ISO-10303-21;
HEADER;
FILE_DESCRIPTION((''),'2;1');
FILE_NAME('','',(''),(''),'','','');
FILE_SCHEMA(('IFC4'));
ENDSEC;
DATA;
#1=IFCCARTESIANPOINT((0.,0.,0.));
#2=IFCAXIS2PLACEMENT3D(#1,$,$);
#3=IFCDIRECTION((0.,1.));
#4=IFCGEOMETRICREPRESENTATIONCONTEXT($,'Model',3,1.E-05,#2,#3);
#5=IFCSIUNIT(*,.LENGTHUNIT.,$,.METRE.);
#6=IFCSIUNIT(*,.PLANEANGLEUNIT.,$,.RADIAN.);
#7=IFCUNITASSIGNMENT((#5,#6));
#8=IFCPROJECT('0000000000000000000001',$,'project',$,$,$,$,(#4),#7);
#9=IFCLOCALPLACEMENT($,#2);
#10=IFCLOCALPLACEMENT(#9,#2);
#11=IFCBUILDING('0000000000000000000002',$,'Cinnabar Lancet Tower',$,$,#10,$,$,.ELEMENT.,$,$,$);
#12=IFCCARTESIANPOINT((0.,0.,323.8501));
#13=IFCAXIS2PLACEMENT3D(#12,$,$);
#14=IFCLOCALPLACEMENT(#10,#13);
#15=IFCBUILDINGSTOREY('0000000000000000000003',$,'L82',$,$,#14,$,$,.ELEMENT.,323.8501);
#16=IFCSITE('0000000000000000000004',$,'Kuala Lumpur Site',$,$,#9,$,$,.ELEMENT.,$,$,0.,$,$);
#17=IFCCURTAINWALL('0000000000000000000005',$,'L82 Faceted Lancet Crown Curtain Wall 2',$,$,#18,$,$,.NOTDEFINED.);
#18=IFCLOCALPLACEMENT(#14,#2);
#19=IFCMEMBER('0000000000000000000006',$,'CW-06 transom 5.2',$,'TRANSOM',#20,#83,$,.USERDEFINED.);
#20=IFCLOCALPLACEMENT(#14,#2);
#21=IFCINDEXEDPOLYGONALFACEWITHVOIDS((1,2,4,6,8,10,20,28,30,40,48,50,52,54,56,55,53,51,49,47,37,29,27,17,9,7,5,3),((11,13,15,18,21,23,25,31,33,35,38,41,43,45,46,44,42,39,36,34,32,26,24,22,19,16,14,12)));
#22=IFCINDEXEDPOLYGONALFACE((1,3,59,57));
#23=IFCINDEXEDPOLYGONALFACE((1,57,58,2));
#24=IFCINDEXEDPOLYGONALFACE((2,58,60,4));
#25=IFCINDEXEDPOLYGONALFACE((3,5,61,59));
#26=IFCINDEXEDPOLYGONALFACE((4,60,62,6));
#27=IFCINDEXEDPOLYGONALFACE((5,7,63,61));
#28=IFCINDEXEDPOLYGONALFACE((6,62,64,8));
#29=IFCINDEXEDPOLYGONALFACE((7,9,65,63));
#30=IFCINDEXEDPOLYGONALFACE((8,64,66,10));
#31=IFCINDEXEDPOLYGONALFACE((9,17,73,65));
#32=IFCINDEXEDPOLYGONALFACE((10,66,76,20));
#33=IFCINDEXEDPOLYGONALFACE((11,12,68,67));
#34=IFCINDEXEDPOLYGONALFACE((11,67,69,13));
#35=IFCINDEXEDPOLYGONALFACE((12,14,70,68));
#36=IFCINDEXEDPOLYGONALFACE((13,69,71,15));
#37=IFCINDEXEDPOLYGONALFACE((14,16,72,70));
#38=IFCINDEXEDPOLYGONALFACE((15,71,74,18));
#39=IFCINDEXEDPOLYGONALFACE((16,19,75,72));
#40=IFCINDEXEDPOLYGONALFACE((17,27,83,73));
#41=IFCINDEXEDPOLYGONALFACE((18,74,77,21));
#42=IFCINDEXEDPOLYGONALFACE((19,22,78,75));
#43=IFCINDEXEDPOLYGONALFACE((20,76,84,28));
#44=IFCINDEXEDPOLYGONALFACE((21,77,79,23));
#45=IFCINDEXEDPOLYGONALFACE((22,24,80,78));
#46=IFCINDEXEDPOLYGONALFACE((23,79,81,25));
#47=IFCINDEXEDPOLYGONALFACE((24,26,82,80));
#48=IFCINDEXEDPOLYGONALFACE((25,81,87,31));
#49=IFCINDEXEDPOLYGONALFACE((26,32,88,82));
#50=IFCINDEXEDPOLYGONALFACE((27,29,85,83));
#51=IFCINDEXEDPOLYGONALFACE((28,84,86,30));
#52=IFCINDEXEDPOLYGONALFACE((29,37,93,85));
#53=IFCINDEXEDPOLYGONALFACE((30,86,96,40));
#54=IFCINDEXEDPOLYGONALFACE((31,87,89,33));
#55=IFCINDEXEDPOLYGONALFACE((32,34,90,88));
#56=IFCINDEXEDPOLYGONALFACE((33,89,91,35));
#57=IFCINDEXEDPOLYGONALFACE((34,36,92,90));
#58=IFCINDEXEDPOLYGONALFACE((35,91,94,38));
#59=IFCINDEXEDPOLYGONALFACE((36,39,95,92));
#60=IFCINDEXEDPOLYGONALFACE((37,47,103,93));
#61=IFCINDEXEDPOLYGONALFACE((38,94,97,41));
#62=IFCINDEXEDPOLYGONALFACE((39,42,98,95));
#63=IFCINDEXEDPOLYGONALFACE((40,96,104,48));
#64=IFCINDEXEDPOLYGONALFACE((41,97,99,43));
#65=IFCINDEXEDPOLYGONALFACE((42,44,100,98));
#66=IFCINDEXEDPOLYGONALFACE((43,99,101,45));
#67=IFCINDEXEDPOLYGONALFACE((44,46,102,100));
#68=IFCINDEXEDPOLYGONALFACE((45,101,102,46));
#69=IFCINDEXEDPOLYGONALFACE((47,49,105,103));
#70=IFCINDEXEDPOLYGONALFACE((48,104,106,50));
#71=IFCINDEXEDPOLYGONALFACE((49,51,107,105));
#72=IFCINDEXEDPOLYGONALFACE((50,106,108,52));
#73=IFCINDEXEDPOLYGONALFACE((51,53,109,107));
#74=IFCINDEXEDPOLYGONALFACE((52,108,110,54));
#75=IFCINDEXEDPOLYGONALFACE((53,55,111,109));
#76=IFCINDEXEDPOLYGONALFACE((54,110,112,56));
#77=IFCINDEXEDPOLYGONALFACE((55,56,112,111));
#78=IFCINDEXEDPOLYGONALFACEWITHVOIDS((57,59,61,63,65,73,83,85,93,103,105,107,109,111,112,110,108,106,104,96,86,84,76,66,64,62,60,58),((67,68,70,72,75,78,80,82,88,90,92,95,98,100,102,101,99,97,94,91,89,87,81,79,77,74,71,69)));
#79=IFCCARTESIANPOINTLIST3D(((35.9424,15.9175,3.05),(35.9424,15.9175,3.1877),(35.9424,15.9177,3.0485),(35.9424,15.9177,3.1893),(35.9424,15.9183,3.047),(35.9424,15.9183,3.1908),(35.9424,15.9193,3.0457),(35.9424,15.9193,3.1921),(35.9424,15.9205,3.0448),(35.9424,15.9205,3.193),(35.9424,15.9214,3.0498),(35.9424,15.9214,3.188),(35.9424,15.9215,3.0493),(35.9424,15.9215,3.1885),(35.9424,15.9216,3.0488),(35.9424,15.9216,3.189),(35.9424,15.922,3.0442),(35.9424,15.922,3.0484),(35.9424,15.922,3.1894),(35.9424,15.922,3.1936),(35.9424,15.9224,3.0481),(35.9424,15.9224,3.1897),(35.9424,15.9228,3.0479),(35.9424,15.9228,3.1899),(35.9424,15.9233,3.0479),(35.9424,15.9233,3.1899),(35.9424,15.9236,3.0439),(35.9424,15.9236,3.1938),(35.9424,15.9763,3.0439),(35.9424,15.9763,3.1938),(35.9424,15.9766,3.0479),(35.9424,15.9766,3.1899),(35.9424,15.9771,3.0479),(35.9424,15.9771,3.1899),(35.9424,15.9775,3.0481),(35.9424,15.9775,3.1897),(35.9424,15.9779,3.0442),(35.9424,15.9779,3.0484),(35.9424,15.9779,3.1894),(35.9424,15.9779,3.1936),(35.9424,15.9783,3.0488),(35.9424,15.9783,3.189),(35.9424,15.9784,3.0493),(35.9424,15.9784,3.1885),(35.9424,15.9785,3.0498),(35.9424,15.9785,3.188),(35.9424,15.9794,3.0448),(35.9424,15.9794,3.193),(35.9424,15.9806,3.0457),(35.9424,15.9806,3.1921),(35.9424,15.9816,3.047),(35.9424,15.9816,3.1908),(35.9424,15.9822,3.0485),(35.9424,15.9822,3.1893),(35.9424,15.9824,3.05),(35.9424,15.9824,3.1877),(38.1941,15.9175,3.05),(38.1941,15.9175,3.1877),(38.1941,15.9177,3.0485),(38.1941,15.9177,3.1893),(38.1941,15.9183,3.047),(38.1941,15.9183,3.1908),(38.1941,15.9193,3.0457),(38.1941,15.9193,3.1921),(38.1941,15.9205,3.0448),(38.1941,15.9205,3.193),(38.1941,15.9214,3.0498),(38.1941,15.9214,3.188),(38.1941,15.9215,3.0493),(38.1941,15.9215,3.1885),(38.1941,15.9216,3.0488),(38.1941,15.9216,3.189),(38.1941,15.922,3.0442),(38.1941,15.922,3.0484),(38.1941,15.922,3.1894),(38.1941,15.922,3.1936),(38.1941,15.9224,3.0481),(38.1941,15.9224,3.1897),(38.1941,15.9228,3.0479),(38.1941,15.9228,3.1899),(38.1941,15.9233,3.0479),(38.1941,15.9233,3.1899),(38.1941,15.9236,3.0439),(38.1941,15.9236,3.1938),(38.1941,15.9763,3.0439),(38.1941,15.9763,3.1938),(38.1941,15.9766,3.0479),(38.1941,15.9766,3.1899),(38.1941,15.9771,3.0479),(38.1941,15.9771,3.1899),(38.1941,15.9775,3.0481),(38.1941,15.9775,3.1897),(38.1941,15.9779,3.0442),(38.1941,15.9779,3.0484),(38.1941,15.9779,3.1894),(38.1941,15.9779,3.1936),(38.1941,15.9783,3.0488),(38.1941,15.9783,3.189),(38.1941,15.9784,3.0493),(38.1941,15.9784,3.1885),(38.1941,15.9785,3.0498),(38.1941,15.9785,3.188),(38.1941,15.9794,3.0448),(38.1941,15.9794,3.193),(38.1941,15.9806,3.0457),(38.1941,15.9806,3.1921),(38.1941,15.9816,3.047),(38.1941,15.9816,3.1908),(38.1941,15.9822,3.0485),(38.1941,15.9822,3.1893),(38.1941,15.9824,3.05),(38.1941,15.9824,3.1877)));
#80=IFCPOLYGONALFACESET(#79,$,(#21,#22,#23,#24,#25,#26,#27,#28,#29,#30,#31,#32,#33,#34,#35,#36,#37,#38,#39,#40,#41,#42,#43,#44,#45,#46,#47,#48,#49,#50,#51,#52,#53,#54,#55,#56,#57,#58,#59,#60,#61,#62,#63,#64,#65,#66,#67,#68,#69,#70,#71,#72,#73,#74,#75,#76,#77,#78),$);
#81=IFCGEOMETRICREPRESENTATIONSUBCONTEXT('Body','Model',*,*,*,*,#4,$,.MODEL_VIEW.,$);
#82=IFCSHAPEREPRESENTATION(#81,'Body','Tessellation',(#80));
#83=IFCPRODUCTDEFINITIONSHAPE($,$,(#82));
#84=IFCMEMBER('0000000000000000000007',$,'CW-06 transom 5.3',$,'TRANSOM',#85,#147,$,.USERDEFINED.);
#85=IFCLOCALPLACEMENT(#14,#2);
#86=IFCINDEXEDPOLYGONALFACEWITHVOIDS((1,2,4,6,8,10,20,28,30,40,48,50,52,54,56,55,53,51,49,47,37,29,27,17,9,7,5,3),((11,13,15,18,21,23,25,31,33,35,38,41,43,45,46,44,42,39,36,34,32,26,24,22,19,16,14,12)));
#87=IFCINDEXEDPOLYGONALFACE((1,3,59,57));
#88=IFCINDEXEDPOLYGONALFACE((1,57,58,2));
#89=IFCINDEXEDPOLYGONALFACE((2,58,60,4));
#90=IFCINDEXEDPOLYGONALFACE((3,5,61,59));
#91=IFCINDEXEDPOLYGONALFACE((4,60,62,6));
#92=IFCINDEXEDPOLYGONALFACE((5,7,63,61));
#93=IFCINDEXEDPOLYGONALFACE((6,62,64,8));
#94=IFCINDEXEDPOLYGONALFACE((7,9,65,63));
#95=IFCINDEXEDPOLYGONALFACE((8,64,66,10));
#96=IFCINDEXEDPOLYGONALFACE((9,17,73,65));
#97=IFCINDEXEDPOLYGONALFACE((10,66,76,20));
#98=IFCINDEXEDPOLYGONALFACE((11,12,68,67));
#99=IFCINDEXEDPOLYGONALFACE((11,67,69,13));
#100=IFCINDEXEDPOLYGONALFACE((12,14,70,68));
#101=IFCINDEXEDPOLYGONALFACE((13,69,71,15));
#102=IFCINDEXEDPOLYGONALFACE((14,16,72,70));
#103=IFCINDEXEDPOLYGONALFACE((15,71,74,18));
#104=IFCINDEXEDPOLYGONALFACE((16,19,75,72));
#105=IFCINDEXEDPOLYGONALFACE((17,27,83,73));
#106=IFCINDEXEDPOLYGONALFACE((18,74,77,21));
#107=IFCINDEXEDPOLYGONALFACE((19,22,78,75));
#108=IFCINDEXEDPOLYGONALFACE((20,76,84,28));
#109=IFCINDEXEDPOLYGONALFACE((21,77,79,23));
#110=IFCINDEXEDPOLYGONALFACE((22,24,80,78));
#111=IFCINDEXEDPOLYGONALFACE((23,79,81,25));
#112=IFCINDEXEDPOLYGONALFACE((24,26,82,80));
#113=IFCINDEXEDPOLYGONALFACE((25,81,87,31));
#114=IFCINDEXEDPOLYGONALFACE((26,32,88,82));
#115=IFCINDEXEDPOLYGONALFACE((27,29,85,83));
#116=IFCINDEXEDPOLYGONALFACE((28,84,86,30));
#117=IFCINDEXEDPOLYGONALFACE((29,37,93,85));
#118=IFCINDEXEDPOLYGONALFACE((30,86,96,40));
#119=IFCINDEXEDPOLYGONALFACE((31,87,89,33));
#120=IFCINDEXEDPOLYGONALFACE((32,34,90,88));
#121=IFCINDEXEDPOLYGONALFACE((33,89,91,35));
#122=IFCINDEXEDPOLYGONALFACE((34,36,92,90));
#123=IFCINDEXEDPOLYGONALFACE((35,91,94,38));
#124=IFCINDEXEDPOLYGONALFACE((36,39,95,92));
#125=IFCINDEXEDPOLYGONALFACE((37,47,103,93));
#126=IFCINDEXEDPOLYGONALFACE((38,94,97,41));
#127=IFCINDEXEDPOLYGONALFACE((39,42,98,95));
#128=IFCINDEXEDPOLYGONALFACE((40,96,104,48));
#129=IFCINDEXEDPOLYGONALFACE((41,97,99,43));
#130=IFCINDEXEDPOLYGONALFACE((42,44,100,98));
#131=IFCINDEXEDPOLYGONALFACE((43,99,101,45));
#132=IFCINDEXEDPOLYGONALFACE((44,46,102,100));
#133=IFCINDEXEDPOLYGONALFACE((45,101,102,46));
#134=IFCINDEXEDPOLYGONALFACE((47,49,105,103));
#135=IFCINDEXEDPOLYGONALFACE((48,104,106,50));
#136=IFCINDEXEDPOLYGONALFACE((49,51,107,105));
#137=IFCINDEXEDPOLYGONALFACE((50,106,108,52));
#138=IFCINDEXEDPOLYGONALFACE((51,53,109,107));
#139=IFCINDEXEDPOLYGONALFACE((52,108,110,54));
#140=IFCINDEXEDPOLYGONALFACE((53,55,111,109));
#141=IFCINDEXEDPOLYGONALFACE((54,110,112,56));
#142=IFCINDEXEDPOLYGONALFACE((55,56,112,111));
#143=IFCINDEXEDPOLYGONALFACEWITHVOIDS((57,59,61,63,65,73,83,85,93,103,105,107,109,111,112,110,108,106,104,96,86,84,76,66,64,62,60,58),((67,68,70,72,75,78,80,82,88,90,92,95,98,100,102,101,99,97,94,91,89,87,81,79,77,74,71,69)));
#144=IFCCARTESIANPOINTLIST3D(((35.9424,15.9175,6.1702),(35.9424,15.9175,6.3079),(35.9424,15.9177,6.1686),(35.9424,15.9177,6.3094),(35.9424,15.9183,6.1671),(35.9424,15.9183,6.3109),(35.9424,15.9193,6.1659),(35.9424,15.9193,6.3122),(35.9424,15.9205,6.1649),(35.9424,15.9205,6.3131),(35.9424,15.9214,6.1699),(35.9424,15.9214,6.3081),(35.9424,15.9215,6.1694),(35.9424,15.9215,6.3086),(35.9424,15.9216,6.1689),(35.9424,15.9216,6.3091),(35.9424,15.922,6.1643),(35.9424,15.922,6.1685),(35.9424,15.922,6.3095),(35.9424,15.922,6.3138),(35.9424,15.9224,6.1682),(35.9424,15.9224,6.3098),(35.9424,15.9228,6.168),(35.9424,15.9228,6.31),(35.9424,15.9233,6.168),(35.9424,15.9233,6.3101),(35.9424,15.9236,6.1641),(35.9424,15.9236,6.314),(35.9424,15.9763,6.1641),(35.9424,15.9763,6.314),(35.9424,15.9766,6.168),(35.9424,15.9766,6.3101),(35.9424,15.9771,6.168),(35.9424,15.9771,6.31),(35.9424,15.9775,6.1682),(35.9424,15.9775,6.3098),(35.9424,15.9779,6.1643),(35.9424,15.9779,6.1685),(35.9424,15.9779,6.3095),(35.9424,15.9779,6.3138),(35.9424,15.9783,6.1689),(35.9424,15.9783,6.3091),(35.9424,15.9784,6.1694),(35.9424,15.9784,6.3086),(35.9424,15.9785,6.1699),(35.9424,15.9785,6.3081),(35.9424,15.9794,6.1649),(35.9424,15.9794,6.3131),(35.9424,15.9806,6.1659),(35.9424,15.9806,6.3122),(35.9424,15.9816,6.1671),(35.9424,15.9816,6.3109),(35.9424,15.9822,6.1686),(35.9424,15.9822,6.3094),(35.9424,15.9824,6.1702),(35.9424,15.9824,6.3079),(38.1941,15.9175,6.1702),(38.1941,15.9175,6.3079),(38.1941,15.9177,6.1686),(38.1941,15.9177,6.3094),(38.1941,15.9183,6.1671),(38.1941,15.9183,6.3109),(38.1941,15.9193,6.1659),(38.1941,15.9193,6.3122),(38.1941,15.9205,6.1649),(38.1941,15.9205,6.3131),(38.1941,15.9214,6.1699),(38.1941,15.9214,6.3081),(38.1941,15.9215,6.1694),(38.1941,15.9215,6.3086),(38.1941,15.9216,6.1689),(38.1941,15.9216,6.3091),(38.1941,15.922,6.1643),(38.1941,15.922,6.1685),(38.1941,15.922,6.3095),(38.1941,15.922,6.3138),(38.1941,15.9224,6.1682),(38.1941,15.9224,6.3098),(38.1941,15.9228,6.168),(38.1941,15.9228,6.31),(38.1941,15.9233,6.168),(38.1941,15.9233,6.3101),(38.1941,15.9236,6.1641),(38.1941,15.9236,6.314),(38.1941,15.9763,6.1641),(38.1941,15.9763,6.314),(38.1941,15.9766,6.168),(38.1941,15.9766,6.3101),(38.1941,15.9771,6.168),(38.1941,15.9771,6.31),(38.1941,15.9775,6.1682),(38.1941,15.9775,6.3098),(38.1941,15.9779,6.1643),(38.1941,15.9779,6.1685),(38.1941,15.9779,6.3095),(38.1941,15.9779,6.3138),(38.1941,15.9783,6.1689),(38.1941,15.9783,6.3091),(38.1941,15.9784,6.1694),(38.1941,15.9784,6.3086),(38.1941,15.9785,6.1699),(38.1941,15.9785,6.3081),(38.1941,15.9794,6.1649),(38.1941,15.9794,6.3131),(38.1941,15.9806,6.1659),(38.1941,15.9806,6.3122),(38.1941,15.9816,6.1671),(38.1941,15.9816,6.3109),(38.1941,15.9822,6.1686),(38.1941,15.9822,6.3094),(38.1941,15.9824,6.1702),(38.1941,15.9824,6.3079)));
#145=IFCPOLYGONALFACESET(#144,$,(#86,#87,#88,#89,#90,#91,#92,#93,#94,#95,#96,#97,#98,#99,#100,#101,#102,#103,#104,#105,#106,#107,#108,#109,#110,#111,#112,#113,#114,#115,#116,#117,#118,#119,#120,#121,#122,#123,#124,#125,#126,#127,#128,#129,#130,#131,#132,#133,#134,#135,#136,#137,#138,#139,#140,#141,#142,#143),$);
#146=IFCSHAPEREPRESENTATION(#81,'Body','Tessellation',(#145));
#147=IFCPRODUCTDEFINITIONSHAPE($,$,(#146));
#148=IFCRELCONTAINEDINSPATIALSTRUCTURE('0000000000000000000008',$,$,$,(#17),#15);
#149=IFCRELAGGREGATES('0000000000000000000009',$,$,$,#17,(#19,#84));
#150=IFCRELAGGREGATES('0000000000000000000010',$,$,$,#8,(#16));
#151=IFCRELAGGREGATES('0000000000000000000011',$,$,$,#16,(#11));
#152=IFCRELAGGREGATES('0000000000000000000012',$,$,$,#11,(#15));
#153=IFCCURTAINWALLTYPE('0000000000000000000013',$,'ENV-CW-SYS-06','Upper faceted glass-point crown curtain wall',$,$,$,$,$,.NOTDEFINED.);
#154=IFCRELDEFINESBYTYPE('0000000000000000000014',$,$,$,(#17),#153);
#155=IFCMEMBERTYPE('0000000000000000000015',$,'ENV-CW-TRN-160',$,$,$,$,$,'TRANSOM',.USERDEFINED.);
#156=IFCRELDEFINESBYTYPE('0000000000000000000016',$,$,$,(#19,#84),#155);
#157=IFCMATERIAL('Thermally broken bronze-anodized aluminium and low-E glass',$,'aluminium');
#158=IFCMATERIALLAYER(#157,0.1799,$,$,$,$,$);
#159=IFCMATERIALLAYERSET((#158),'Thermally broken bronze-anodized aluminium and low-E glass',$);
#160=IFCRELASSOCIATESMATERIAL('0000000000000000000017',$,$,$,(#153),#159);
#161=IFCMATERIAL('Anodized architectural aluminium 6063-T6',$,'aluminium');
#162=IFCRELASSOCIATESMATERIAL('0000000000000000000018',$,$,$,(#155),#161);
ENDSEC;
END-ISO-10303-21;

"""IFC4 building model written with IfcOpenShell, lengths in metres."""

from ifc_helpers import new_model, si_unit, direction, frame, origin, origin_2d, place, context, subcontext, project, spatial, hollow_rectangle, extrude, material, layer, layer_set, material_profile, profile_set, type_object, element, aggregate, save


model = new_model("IFC4")

# Units and contexts
model_context = context("Model", 3, precision=1e-05, world=origin(), true_north=direction((0.0, 1.0)))
body_context = subcontext(model_context, "Body", "Model", "MODEL_VIEW")
ifc_project = project(units=[si_unit("LENGTHUNIT", "METRE"), si_unit("PLANEANGLEUNIT", "RADIAN")], contexts=[model_context])

# Site, building, storey
site_placement = place(None, origin())
site = spatial("IfcSite", under=ifc_project, at=site_placement, Name="Kuala Lumpur Site", CompositionType="ELEMENT", RefElevation=0.0)
building_placement = place(site_placement, origin())
building = spatial("IfcBuilding", under=site, at=building_placement, Name="Cinnabar Lancet Tower", CompositionType="ELEMENT")
storey_placement = place(building_placement, frame((0.0, 0.0, 323.8501)))
storey = spatial("IfcBuildingStorey", under=building, at=storey_placement, Name="L82", CompositionType="ELEMENT", Elevation=323.8501)

# Curtain wall
ifc_material_1 = material(Name="Thermally broken bronze-anodized aluminium and low-E glass", Category="aluminium")
ifc_layer_1 = layer(ifc_material_1, 0.1799)
ifc_layer_set_1 = layer_set([ifc_layer_1], Name="Thermally broken bronze-anodized aluminium and low-E glass")
curtain_wall_type = type_object("IfcCurtainWallType", Name="ENV-CW-SYS-06", Description="Upper faceted glass-point crown curtain wall", PredefinedType="NOTDEFINED", material=ifc_layer_set_1)
curtain_wall_1_placement = place(storey_placement, origin())
curtain_wall_1 = element("IfcCurtainWall", 1, at=curtain_wall_1_placement, inside=storey, type_object=curtain_wall_type, Name="L82 Faceted Lancet Crown Curtain Wall 2", PredefinedType="NOTDEFINED")

# Members
ifc_material_2 = material(Name="Anodized architectural aluminium 6063-T6", Category="aluminium")
ifc_material_profile_1 = material_profile(ifc_material_2, hollow_rectangle(XDim=0.0649, YDim=0.1499, WallThickness=0.0039, InnerFilletRadius=0.002, OuterFilletRadius=0.0061, at=origin_2d()), Name="CW-TRN 150x65x4")
ifc_profile_set_1 = profile_set([ifc_material_profile_1], Name="Anodized architectural aluminium 6063-T6")
member_type_1 = type_object("IfcMemberType", Name="ENV-CW-TRN-160", ElementType="TRANSOM", PredefinedType="USERDEFINED", material=ifc_profile_set_1)
member_1_placement = place(storey_placement, frame((35.9424, 15.95, 3.1189), z_axis=(1.0, 0.0, 0.0), x_axis=(0.0, 1.0, 0.0)))
member_1 = element("IfcMember", 2, at=member_1_placement, type_object=member_type_1, Name="CW-06 transom 5.2", ObjectType="TRANSOM", PredefinedType="USERDEFINED", context=body_context, shape_type="SweptSolid", body=[
    extrude(hollow_rectangle(XDim=0.0649, YDim=0.1499, WallThickness=0.0039, InnerFilletRadius=0.002, OuterFilletRadius=0.0061, at=origin_2d()), origin(), (0.0, 0.0, 1.0), 2.2517),
])
member_2_placement = place(storey_placement, frame((35.9424, 15.95, 6.239), z_axis=(1.0, 0.0, 0.0), x_axis=(0.0, 1.0, 0.0)))
member_2 = element("IfcMember", 3, at=member_2_placement, type_object=member_type_1, Name="CW-06 transom 5.3", ObjectType="TRANSOM", PredefinedType="USERDEFINED", context=body_context, shape_type="SweptSolid", body=[
    extrude(hollow_rectangle(XDim=0.0649, YDim=0.1499, WallThickness=0.0039, InnerFilletRadius=0.002, OuterFilletRadius=0.0061, at=origin_2d()), origin(), (0.0, 0.0, 1.0), 2.2517),
])

aggregate(curtain_wall_1, [member_1, member_2])

save(model, "model.ifc")
